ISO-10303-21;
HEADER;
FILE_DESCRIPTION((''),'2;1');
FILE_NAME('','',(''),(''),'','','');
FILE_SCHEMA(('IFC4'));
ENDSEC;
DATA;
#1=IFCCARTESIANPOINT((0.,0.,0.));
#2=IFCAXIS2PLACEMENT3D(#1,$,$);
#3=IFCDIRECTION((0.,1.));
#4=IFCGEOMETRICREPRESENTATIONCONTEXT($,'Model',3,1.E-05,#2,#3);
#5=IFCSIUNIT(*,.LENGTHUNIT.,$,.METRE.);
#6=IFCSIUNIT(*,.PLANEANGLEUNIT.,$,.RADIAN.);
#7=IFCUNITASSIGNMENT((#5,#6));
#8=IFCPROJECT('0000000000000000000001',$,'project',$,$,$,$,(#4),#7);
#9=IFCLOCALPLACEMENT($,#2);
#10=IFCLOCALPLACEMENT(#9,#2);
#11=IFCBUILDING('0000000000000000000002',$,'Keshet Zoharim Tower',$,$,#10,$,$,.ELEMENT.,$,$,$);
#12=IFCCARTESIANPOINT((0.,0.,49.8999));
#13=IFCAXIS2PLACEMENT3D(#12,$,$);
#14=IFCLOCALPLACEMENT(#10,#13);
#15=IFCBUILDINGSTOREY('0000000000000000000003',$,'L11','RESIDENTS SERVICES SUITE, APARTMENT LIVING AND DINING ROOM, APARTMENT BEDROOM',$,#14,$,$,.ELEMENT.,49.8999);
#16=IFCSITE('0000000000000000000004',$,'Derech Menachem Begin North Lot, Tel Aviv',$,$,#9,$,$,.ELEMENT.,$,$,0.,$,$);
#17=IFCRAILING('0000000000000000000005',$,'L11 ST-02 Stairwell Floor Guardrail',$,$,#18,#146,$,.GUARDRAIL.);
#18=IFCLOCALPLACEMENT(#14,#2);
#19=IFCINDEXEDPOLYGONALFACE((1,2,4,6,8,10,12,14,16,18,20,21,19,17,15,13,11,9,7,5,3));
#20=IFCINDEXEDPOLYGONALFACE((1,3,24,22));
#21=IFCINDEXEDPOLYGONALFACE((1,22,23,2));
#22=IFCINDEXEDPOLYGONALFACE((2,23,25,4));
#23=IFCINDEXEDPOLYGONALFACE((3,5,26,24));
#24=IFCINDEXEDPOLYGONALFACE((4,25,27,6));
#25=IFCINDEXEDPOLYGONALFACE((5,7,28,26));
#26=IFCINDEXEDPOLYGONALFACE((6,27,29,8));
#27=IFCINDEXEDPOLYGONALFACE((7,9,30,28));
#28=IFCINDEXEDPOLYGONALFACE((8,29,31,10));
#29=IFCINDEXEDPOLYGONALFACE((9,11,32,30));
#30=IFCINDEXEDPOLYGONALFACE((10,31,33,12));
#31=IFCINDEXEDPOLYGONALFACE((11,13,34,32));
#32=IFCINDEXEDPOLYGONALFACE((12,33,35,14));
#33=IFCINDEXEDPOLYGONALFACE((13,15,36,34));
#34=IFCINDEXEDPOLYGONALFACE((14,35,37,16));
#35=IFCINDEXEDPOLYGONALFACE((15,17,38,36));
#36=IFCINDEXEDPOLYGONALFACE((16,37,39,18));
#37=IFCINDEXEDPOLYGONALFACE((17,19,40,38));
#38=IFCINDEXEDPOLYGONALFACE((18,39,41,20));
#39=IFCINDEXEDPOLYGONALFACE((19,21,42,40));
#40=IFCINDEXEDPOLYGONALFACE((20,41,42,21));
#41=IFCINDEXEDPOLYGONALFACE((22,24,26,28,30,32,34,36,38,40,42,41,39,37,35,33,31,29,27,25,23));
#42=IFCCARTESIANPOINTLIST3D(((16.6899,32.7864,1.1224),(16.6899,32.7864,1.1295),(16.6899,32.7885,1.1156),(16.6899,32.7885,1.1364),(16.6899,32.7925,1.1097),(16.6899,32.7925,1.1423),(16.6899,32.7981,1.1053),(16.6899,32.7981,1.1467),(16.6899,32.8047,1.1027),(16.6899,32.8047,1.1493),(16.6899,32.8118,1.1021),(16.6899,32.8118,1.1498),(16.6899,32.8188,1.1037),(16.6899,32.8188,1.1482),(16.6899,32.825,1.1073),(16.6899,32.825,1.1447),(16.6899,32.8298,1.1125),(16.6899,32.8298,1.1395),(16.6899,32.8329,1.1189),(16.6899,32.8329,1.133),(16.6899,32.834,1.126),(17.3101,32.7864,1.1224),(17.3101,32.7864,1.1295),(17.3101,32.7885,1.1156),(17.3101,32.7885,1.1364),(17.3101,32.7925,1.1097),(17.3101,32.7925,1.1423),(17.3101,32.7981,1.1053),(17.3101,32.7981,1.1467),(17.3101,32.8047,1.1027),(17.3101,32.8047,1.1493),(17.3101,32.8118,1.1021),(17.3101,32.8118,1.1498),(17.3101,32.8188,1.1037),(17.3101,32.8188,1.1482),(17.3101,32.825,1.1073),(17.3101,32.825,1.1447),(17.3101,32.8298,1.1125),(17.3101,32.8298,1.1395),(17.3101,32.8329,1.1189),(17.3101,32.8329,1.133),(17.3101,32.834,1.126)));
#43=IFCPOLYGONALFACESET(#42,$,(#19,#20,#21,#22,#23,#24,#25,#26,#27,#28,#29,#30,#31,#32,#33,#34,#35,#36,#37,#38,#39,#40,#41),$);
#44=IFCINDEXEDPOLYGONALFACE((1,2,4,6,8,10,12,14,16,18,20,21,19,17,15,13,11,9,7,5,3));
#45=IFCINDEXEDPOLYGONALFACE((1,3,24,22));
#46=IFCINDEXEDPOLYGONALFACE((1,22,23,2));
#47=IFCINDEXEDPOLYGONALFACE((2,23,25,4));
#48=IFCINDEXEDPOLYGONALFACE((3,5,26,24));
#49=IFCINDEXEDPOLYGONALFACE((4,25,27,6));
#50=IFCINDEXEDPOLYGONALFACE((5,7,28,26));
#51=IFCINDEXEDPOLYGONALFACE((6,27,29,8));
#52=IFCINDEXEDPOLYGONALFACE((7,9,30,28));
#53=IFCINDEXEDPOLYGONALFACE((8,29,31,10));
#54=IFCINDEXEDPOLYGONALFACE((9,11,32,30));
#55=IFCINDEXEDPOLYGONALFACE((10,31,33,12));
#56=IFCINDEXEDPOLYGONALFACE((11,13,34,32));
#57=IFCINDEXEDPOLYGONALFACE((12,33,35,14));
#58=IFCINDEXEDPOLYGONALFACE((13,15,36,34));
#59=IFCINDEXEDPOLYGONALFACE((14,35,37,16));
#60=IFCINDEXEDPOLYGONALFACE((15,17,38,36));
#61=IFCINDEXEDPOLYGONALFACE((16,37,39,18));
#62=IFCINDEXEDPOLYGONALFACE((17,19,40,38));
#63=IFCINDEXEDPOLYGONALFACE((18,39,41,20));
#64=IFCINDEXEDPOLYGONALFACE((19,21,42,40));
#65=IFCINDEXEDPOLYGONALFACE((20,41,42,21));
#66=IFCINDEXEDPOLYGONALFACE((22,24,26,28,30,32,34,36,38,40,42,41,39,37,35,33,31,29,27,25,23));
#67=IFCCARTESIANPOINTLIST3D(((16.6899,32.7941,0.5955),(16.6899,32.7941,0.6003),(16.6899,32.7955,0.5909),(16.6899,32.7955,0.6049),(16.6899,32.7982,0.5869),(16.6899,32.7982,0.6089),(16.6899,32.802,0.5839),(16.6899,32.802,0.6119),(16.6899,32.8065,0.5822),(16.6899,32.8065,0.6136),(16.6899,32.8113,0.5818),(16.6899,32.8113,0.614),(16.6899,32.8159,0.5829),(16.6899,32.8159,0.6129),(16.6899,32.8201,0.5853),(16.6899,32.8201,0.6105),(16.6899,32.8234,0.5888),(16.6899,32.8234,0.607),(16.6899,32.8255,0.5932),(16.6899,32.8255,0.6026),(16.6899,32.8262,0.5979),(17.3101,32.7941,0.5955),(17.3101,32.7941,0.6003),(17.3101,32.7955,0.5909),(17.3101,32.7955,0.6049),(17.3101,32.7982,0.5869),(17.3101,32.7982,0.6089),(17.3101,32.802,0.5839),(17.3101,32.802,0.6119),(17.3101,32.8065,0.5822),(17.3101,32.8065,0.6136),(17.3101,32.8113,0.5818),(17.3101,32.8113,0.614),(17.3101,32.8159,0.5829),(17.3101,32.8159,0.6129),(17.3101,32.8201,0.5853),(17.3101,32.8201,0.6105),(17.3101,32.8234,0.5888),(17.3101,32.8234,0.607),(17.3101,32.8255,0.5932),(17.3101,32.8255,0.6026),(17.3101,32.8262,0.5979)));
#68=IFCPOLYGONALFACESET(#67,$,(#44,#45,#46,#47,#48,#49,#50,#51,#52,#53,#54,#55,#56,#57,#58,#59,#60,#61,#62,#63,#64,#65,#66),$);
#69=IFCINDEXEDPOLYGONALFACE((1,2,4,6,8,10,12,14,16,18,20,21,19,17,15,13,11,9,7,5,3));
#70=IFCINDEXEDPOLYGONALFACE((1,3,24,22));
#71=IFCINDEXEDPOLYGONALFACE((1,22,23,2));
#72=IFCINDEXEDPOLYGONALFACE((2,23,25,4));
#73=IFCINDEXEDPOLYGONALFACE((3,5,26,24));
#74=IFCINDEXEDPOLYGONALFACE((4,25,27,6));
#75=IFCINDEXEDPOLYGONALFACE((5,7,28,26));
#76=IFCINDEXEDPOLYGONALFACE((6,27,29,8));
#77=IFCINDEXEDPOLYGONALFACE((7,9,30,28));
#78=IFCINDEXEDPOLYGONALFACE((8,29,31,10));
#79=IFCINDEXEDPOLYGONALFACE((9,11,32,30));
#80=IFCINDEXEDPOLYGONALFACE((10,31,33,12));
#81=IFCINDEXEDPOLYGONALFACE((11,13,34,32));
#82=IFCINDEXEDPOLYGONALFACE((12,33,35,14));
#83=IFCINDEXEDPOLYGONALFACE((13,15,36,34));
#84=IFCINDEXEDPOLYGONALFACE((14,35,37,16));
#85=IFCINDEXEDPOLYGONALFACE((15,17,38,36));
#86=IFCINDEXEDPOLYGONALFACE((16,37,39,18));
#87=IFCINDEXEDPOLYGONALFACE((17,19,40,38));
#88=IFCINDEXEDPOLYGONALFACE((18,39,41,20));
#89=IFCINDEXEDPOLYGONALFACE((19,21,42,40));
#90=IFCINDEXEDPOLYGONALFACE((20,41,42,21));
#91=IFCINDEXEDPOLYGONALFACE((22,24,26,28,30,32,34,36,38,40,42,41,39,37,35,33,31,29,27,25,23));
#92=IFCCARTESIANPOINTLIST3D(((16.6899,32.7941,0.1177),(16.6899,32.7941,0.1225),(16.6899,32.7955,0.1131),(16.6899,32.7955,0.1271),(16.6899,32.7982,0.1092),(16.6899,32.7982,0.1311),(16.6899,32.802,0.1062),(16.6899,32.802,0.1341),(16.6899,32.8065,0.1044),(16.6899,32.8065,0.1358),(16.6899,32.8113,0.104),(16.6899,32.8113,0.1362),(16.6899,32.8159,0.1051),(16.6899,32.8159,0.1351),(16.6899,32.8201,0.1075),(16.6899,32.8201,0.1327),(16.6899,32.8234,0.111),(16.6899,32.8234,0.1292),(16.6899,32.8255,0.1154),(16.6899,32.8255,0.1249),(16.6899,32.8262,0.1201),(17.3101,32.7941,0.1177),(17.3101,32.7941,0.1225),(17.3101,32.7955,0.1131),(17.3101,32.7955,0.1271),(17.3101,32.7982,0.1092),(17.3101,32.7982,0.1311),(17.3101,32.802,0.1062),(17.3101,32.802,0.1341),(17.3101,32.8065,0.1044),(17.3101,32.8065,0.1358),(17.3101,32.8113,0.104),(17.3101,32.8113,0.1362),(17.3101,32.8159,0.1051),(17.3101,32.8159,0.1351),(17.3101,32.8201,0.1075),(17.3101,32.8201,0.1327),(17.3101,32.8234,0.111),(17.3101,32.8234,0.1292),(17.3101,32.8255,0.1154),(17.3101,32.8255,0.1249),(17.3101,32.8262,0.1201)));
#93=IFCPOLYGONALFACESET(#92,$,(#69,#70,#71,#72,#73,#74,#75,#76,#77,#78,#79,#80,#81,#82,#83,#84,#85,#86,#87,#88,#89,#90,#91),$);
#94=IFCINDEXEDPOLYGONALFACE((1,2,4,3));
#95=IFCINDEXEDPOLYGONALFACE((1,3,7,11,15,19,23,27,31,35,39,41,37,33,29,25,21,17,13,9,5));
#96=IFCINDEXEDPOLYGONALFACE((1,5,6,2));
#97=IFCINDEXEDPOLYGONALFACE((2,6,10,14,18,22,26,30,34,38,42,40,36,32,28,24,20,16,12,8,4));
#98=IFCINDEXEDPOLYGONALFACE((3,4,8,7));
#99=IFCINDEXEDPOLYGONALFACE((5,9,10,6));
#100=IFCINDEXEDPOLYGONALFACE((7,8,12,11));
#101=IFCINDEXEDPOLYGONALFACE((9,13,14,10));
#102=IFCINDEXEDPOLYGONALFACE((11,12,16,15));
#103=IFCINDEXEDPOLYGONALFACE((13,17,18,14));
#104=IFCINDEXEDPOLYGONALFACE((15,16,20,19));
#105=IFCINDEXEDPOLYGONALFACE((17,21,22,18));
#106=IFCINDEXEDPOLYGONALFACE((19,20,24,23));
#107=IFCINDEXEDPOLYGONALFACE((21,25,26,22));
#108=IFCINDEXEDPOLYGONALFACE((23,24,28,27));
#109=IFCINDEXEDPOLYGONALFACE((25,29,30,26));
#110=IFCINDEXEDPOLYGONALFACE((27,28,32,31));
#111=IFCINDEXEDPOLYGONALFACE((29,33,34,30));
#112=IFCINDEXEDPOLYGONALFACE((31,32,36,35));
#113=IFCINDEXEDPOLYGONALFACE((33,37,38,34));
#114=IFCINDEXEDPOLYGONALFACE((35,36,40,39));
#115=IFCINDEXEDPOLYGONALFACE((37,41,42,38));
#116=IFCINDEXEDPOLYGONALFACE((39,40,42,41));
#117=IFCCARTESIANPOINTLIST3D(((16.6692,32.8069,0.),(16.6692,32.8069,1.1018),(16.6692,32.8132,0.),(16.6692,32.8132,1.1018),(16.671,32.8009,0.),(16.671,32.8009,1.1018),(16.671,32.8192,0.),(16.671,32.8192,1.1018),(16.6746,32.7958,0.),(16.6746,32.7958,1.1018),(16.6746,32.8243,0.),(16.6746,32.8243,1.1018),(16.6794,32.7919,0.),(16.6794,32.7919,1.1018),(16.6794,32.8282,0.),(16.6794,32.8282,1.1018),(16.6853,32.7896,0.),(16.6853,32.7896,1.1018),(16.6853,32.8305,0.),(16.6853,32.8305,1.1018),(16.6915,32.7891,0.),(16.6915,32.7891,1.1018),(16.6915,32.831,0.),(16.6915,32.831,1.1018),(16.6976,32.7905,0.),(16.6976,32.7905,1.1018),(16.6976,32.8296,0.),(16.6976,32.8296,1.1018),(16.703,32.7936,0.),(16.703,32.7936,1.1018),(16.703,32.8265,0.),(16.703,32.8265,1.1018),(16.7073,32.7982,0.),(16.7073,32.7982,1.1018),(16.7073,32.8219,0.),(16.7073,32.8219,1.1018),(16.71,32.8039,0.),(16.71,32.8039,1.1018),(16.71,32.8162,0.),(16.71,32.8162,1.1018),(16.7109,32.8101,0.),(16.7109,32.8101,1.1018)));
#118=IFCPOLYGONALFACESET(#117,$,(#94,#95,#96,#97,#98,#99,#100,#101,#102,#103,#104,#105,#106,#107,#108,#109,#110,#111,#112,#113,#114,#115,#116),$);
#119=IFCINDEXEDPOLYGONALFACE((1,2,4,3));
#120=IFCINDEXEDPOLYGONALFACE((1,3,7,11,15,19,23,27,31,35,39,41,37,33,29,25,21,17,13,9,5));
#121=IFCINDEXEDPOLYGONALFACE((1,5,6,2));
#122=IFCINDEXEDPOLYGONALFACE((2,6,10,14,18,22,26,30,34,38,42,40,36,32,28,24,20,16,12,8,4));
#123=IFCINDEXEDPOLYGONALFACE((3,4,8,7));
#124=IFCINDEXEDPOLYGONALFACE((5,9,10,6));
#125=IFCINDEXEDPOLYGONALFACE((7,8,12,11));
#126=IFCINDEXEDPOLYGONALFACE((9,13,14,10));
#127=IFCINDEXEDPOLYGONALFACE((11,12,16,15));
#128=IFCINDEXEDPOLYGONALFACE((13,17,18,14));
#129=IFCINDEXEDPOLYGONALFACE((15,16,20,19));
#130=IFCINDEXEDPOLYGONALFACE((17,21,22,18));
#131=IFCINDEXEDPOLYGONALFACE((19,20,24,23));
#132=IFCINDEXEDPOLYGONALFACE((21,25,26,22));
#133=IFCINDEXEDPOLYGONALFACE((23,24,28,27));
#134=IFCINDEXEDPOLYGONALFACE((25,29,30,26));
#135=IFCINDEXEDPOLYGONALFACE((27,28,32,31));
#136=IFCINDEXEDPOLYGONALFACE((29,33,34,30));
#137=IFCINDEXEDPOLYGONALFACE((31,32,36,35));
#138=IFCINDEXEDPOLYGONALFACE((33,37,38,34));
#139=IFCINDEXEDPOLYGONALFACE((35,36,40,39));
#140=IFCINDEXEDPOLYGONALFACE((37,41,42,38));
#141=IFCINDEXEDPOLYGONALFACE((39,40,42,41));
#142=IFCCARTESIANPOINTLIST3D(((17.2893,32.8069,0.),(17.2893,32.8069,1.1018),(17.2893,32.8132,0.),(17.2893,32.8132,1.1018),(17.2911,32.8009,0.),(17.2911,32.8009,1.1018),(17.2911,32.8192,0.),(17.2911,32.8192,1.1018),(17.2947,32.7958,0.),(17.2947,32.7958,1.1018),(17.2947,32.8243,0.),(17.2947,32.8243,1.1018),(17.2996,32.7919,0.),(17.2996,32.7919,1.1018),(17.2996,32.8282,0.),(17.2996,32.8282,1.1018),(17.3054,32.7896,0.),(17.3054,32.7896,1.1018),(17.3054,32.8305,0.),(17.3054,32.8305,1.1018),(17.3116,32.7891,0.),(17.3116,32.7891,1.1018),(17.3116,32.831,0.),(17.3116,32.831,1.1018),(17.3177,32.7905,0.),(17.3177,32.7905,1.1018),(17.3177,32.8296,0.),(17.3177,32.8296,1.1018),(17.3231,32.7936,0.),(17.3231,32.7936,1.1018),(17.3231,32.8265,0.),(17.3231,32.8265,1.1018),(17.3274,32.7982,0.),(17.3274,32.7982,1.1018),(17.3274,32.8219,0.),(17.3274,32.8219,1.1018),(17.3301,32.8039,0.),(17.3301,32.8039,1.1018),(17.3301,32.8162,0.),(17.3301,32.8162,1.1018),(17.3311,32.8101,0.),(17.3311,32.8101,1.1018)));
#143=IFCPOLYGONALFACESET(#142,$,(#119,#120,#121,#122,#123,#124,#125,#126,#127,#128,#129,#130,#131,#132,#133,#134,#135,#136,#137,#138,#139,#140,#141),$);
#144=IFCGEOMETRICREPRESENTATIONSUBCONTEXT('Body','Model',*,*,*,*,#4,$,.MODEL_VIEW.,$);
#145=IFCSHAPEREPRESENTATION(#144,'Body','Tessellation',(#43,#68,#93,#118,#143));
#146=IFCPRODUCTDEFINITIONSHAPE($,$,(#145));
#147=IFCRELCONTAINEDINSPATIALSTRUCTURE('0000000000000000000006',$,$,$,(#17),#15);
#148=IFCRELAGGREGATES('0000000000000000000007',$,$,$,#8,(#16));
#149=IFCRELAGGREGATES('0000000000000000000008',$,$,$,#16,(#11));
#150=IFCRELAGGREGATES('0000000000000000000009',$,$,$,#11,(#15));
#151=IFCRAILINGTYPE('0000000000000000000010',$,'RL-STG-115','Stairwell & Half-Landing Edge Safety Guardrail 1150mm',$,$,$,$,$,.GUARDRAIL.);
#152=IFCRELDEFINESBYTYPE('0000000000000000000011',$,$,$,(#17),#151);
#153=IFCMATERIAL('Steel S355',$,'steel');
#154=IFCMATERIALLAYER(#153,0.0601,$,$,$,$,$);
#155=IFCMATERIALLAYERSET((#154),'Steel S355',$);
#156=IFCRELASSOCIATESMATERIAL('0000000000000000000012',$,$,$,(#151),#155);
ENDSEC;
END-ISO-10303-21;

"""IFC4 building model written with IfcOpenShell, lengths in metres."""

from ifc_helpers import new_model, si_unit, direction, frame, origin, origin_2d, place, context, subcontext, project, spatial, circle, extrude, material, layer, layer_set, type_object, element, save


model = new_model("IFC4")

# Units and contexts
model_context = context("Model", 3, precision=1e-05, world=origin(), true_north=direction((0.0, 1.0)))
body_context = subcontext(model_context, "Body", "Model", "MODEL_VIEW")
ifc_project = project(units=[si_unit("LENGTHUNIT", "METRE"), si_unit("PLANEANGLEUNIT", "RADIAN")], contexts=[model_context])

# Site, building, storey
site_placement = place(None, origin())
site = spatial("IfcSite", under=ifc_project, at=site_placement, Name="Derech Menachem Begin North Lot, Tel Aviv", CompositionType="ELEMENT", RefElevation=0.0)
building_placement = place(site_placement, origin())
building = spatial("IfcBuilding", under=site, at=building_placement, Name="Keshet Zoharim Tower", CompositionType="ELEMENT")
storey_placement = place(building_placement, frame((0.0, 0.0, 49.8999)))
storey = spatial("IfcBuildingStorey", under=building, at=storey_placement, Name="L11", Description="RESIDENTS SERVICES SUITE, APARTMENT LIVING AND DINING ROOM, APARTMENT BEDROOM", CompositionType="ELEMENT", Elevation=49.8999)

# Railing
ifc_material_1 = material(Name="Steel S355", Category="steel")
ifc_layer_1 = layer(ifc_material_1, 0.0601)
ifc_layer_set_1 = layer_set([ifc_layer_1], Name="Steel S355")
railing_type_1 = type_object("IfcRailingType", Name="RL-STG-115", Description="Stairwell & Half-Landing Edge Safety Guardrail 1150mm", PredefinedType="GUARDRAIL", material=ifc_layer_set_1)
railing_1_placement = place(storey_placement, frame((16.6899, 32.8101, 0.0)))
element("IfcRailing", 1, at=railing_1_placement, inside=storey, type_object=railing_type_1, Name="L11 ST-02 Stairwell Floor Guardrail", PredefinedType="GUARDRAIL", context=body_context, shape_type="SweptSolid", body=[
    extrude(circle(Radius=0.0239, at=origin_2d()), frame((0.0, 0.0, 1.126), z_axis=(1.0, 0.0, 0.0), x_axis=(0.0, 1.0, 0.0)), (0.0, 0.0, 1.0), 0.6201),
    extrude(circle(Radius=0.0161, at=origin_2d()), frame((0.0, 0.0, 0.5979), z_axis=(1.0, 0.0, 0.0), x_axis=(0.0, 1.0, 0.0)), (0.0, 0.0, 1.0), 0.6201),
    extrude(circle(Radius=0.0161, at=origin_2d()), frame((0.0, 0.0, 0.1201), z_axis=(1.0, 0.0, 0.0), x_axis=(0.0, 1.0, 0.0)), (0.0, 0.0, 1.0), 0.6201),
    extrude(circle(Radius=0.021, at=origin_2d()), origin(), (0.0, 0.0, 1.0), 1.1018),
    extrude(circle(Radius=0.021, at=origin_2d()), frame((0.6201, 0.0, 0.0)), (0.0, 0.0, 1.0), 1.1018),
])

save(model, "model.ifc")
